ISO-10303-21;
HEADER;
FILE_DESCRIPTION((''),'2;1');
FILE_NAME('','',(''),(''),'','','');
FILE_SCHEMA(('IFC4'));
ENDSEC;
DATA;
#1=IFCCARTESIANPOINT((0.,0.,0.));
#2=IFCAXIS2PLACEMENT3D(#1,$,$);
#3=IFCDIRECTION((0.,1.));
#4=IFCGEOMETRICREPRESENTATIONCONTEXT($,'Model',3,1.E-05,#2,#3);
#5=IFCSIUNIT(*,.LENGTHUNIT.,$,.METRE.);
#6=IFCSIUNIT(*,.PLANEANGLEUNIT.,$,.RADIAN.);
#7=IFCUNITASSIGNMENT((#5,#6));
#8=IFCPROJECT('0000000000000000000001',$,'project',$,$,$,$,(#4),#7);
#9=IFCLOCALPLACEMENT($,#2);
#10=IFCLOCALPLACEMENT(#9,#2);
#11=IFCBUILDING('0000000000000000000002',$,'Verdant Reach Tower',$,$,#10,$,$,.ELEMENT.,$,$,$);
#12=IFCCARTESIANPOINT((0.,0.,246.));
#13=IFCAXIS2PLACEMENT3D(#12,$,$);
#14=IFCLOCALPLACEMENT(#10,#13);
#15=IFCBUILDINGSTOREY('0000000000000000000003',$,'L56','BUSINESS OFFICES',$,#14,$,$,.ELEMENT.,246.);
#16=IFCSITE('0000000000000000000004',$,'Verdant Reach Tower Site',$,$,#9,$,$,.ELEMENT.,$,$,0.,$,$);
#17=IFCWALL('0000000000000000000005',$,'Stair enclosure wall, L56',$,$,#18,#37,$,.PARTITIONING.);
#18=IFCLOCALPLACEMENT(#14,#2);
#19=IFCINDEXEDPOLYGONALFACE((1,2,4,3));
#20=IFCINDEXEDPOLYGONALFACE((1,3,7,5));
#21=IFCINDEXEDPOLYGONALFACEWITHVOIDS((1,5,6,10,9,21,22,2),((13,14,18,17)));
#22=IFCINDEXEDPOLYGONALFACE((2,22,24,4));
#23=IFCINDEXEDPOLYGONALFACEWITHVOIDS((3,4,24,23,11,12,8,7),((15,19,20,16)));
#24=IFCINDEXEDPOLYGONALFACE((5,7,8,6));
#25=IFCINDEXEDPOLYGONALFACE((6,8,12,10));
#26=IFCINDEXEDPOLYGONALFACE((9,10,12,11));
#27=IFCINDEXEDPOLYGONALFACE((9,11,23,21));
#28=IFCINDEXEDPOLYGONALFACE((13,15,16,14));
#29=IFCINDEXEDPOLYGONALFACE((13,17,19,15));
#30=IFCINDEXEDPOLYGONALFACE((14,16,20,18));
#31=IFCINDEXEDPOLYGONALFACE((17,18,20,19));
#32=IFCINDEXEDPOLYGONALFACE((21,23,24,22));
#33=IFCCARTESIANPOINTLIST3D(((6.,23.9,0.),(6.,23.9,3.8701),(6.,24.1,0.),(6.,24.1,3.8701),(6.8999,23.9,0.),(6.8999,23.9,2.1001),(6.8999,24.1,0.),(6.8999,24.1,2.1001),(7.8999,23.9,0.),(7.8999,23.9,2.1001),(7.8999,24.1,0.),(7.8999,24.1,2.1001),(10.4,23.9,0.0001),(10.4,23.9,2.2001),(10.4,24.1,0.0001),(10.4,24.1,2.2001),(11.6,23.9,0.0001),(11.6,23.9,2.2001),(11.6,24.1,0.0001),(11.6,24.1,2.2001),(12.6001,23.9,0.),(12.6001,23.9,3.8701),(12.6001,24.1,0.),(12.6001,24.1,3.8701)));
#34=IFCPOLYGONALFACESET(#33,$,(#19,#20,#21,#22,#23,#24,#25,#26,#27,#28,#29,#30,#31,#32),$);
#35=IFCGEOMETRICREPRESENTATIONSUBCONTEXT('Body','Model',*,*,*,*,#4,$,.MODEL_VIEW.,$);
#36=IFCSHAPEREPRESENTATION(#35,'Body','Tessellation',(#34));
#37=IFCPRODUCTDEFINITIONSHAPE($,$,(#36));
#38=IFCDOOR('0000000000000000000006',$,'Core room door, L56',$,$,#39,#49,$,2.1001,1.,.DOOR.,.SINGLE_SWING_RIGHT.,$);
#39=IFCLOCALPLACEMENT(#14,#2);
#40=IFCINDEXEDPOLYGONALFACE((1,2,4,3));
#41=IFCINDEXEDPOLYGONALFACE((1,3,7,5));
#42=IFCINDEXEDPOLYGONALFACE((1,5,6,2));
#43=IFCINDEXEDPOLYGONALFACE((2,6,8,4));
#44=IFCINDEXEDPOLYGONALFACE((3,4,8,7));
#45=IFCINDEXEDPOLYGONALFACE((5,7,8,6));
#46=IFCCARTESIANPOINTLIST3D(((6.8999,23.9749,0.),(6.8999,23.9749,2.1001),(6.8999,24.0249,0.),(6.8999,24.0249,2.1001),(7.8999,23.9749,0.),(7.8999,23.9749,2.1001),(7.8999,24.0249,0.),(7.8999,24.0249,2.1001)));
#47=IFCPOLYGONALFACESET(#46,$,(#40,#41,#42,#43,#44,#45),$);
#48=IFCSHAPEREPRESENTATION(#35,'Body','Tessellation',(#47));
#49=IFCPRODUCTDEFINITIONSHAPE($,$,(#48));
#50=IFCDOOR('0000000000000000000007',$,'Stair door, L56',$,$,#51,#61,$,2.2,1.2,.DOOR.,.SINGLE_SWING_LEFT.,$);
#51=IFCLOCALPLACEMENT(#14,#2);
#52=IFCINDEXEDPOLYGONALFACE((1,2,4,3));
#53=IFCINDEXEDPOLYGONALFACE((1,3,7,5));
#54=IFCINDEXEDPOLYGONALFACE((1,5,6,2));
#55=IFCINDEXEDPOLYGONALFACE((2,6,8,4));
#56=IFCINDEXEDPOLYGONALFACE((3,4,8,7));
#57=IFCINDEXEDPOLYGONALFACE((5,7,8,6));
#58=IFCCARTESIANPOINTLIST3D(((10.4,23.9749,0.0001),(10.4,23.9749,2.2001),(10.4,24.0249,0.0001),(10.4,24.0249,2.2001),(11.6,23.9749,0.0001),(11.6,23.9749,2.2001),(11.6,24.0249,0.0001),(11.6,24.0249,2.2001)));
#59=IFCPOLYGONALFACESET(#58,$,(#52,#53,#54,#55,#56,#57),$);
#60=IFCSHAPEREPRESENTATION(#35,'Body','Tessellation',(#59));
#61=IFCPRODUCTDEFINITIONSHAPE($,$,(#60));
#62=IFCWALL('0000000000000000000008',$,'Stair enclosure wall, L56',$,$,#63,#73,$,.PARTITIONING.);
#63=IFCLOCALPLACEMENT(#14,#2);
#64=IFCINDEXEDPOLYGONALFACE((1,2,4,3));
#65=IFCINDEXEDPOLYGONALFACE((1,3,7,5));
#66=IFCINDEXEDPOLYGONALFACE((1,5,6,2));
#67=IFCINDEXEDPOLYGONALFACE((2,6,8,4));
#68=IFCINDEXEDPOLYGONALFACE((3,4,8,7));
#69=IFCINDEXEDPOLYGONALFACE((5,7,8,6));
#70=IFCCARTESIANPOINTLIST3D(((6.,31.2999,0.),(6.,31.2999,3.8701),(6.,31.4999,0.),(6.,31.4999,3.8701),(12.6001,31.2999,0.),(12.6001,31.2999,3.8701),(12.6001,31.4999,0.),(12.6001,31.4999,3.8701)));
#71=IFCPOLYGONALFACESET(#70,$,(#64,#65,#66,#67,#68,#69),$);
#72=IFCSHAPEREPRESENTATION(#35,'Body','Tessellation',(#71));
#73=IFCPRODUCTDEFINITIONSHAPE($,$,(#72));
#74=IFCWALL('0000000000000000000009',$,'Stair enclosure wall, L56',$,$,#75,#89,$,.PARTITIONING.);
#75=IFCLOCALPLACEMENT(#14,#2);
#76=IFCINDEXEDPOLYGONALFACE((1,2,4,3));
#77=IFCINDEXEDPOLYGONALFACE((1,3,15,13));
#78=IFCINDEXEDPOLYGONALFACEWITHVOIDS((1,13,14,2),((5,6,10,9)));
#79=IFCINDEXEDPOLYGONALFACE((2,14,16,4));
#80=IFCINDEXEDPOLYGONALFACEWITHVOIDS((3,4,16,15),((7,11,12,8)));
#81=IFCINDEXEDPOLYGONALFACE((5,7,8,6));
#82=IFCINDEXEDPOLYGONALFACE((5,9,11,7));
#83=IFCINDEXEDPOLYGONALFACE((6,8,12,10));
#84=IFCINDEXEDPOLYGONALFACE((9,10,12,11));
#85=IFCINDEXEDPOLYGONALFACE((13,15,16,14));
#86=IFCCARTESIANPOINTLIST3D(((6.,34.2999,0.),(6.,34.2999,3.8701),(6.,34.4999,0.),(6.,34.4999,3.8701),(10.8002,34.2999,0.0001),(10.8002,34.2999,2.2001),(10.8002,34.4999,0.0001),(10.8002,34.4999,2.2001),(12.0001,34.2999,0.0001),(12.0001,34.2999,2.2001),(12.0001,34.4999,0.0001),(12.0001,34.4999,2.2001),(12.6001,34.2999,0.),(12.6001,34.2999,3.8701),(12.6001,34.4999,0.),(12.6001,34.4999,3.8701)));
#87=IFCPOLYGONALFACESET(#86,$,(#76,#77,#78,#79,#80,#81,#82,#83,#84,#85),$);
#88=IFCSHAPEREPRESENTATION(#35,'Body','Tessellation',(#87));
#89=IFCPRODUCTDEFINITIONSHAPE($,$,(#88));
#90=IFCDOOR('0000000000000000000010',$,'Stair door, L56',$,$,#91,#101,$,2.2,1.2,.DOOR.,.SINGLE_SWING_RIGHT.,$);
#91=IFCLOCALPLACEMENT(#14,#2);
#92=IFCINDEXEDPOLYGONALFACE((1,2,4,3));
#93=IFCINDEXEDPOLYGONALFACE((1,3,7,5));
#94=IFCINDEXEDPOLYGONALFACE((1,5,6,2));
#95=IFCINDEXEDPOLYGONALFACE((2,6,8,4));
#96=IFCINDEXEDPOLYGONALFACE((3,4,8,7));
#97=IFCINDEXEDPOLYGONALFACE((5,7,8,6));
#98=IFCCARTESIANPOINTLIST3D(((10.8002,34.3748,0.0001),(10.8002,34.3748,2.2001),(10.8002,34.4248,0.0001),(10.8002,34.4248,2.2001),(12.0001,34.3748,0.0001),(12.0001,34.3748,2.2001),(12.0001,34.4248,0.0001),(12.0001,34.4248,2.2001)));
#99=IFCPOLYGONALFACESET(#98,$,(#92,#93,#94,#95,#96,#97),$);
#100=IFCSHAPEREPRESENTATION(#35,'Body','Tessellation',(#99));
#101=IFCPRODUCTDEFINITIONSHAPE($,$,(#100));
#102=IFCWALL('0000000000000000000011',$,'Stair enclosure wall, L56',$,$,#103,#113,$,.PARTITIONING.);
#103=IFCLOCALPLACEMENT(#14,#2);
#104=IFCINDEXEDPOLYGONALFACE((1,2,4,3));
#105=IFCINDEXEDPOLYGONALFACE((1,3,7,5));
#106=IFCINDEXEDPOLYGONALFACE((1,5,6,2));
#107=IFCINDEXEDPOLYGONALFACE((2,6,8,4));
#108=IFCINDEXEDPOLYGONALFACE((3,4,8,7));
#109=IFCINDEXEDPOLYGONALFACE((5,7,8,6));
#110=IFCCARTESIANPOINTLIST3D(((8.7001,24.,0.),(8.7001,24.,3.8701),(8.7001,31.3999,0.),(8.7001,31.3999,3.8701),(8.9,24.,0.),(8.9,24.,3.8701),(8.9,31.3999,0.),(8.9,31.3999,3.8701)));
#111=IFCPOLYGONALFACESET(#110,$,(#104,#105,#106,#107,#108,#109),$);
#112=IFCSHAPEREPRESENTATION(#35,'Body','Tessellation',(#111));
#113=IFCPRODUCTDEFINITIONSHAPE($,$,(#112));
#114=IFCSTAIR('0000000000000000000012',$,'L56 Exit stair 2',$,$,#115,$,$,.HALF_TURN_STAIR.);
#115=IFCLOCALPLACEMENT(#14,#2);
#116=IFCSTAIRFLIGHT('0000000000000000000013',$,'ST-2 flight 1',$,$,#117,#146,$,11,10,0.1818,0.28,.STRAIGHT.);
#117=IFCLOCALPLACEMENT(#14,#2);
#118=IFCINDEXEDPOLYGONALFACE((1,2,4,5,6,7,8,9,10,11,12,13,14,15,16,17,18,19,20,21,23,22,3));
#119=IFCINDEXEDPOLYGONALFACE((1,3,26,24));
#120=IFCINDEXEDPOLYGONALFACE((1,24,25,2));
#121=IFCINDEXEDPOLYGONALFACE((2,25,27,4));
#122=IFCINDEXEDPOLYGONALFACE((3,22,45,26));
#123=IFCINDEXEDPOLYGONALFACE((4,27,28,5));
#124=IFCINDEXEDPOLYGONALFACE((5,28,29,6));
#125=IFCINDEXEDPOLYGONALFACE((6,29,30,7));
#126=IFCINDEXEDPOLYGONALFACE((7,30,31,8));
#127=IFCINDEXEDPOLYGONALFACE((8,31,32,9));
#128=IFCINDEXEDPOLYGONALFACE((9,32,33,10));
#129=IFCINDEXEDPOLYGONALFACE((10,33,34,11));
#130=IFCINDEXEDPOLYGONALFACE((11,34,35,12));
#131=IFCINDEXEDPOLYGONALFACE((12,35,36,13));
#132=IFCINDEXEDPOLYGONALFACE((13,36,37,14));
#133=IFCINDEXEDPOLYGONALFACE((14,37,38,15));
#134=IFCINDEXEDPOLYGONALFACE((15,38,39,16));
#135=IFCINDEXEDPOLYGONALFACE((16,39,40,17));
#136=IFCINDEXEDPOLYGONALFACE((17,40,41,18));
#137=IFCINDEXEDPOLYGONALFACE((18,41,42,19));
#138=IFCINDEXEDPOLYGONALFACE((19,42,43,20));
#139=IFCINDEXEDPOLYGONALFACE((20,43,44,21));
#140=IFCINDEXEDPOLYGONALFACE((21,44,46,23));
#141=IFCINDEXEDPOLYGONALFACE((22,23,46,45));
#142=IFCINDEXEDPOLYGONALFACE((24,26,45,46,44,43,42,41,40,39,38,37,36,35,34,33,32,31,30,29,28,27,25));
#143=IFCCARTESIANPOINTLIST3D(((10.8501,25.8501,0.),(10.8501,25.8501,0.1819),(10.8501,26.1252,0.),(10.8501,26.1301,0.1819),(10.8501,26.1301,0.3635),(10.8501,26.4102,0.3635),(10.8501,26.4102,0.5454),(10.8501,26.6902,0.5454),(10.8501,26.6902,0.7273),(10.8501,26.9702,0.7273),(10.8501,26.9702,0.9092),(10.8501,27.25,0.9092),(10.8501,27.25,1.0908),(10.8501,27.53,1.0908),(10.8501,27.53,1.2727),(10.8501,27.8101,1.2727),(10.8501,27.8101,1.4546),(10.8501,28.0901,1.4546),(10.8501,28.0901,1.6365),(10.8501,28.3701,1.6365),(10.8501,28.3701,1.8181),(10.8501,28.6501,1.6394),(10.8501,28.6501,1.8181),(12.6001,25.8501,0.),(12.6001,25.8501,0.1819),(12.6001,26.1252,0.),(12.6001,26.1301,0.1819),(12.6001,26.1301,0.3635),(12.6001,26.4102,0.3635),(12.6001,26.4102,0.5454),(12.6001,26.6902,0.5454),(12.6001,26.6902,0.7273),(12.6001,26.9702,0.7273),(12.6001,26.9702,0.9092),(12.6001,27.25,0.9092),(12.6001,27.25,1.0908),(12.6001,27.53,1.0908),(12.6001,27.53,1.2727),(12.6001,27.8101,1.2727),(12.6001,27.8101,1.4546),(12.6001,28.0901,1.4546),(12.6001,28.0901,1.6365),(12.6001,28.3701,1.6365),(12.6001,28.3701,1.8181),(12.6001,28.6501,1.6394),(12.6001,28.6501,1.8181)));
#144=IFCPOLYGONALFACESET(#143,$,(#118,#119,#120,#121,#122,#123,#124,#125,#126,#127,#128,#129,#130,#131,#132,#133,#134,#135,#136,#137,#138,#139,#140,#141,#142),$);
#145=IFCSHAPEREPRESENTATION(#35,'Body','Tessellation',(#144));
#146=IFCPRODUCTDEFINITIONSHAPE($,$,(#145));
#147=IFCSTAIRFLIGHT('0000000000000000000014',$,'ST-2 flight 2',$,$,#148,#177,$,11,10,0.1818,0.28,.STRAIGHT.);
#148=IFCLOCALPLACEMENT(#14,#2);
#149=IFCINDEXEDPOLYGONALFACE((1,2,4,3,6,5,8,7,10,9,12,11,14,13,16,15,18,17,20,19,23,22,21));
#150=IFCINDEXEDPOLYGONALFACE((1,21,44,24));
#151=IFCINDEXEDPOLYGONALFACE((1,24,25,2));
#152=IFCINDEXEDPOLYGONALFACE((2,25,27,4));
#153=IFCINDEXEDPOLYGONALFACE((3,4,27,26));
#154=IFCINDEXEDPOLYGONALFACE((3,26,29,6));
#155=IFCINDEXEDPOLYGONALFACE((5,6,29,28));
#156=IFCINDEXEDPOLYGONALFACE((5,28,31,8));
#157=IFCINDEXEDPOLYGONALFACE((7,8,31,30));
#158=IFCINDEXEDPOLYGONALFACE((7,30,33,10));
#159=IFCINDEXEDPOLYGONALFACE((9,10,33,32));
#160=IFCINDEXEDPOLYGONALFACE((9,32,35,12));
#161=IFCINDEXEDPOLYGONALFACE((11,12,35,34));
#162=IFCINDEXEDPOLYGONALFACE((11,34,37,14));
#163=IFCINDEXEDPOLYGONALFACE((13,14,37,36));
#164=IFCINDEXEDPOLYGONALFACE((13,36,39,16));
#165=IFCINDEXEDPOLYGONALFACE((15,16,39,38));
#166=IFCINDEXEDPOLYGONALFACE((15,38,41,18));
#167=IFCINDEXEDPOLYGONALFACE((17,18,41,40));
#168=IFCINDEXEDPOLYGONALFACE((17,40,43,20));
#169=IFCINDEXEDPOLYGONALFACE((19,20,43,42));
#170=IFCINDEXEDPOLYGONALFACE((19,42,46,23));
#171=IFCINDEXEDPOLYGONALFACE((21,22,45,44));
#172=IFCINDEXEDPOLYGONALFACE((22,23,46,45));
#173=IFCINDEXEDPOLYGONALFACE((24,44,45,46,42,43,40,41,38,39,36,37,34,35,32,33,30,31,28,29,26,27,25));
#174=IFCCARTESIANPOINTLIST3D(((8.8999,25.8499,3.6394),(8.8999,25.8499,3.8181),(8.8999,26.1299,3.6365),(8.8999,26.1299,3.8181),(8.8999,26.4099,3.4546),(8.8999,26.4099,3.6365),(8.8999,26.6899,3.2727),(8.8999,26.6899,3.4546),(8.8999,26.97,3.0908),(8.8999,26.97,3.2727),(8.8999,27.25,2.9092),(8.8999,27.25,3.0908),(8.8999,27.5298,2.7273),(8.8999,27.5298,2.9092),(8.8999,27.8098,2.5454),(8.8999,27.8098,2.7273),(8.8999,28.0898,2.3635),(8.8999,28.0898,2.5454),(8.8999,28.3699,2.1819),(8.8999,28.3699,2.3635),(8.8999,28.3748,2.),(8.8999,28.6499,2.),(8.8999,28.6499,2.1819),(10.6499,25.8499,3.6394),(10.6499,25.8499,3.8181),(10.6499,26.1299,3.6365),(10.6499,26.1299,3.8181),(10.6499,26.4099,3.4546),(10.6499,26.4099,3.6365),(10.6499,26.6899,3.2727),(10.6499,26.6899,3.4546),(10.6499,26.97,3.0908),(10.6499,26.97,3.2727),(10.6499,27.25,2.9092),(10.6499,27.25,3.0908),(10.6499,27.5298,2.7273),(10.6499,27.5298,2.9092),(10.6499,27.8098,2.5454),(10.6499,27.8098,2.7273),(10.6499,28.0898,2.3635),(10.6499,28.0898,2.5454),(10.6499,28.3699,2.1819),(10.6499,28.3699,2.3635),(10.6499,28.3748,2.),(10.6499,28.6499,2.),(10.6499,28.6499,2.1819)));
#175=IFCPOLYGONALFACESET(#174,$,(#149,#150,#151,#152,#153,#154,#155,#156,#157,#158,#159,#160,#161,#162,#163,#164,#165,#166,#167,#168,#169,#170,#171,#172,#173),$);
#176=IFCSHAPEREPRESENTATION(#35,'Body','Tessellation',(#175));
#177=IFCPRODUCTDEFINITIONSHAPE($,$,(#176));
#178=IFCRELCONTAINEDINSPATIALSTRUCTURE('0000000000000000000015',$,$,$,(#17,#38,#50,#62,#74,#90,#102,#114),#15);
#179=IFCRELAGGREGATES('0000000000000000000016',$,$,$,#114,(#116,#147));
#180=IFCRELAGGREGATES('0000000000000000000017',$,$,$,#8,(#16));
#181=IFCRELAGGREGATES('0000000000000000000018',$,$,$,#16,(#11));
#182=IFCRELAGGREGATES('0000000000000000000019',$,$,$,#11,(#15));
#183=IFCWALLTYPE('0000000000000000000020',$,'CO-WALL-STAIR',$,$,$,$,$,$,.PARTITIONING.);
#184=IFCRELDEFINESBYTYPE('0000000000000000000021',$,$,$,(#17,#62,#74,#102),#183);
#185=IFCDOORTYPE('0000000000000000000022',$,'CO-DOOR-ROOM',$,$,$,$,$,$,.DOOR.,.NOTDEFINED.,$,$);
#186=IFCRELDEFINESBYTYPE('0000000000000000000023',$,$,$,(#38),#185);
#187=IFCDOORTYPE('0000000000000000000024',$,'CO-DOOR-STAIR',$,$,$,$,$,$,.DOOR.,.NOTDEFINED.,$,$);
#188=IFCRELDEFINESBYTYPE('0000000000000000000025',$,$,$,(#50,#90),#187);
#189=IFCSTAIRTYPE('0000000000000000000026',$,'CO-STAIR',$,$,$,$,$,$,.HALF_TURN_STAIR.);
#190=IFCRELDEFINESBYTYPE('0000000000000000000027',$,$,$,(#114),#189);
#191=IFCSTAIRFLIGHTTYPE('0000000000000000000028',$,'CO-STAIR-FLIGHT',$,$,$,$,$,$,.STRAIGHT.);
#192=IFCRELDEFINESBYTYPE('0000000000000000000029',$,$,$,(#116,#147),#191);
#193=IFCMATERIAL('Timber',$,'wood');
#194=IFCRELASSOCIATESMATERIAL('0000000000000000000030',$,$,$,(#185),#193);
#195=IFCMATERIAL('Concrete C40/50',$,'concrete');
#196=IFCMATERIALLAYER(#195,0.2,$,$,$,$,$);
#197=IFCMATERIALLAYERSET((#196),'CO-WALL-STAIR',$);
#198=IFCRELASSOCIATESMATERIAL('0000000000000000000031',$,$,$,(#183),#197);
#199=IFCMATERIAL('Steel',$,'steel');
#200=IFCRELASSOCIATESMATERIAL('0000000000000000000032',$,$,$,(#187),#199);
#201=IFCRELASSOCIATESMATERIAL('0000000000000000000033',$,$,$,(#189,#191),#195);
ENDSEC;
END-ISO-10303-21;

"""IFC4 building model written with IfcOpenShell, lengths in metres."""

from ifc_helpers import new_model, si_unit, direction, frame, frame_2d, origin, place, context, subcontext, project, spatial, polyline, rectangle, outline, extrude, material, layer, layer_set, type_object, element, fill, aggregate, save


model = new_model("IFC4")

# Units and contexts
model_context = context("Model", 3, precision=1e-05, world=origin(), true_north=direction((0.0, 1.0)))
body_context = subcontext(model_context, "Body", "Model", "MODEL_VIEW")
ifc_project = project(units=[si_unit("LENGTHUNIT", "METRE"), si_unit("PLANEANGLEUNIT", "RADIAN")], contexts=[model_context])

# Site, building, storey
site_placement = place(None, origin())
site = spatial("IfcSite", under=ifc_project, at=site_placement, Name="Verdant Reach Tower Site", CompositionType="ELEMENT", RefElevation=0.0)
building_placement = place(site_placement, origin())
building = spatial("IfcBuilding", under=site, at=building_placement, Name="Verdant Reach Tower", CompositionType="ELEMENT")
storey_placement = place(building_placement, frame((0.0, 0.0, 246.0)))
storey = spatial("IfcBuildingStorey", under=building, at=storey_placement, Name="L56", Description="BUSINESS OFFICES", CompositionType="ELEMENT", Elevation=246.0)

# Shared definitions
ifc_material_1 = material(Name="Timber", Category="wood")
door_type_1 = type_object("IfcDoorType", Name="CO-DOOR-ROOM", OperationType="NOTDEFINED", PredefinedType="DOOR", material=ifc_material_1)

# Shared definitions
ifc_material_2 = material(Name="Concrete C40/50", Category="concrete")

# Wall, openings, doors
ifc_layer_1 = layer(ifc_material_2, 0.2)
ifc_layer_set_1 = layer_set([ifc_layer_1], Name="CO-WALL-STAIR")
wall_type_1 = type_object("IfcWallType", Name="CO-WALL-STAIR", PredefinedType="PARTITIONING", material=ifc_layer_set_1)
wall_1_placement = place(storey_placement, frame((6.0, 24.0, 0.0), z_axis=(0.0, 0.0, 1.0), x_axis=(1.0, 0.0, 0.0)))
wall_1 = element("IfcWall", 1, at=wall_1_placement, inside=storey, type_object=wall_type_1, Name="Stair enclosure wall, L56", PredefinedType="PARTITIONING", context=body_context, shape_type="SweptSolid", body=[
    extrude(rectangle(XDim=6.6001, YDim=0.2, at=frame_2d((3.3, 0.0))), origin(), (0.0, 0.0, 1.0), 3.8701),
])
opening_1_placement = place(wall_1_placement, frame((0.8999, 0.0, 0.0)))
opening_1 = element("IfcOpeningElement", 2, at=opening_1_placement, cuts=wall_1, PredefinedType="OPENING", context=body_context, shape_type="SweptSolid", body=[
    extrude(rectangle(XDim=1.0, YDim=2.1001, at=frame_2d((0.5, 1.05))), frame((0.0, 0.1099, 0.0), z_axis=(0.0, -1.0, 0.0), x_axis=(1.0, 0.0, 0.0)), (0.0, 0.0, 1.0), 0.22),
])
opening_2_placement = place(wall_1_placement, frame((4.3999, 0.0, 0.0)))
opening_2 = element("IfcOpeningElement", 3, at=opening_2_placement, cuts=wall_1, PredefinedType="OPENING", context=body_context, shape_type="SweptSolid", body=[
    extrude(rectangle(XDim=1.2, YDim=2.2, at=frame_2d((0.6001, 1.1001))), frame((0.0, 0.1099, 0.0), z_axis=(0.0, -1.0, 0.0), x_axis=(1.0, 0.0, 0.0)), (0.0, 0.0, 1.0), 0.22),
])
door_1_placement = place(opening_1_placement, origin())
door_1 = element("IfcDoor", 4, at=door_1_placement, inside=storey, type_object=door_type_1, Name="Core room door, L56", OperationType="SINGLE_SWING_RIGHT", OverallHeight=2.1001, OverallWidth=1.0, PredefinedType="DOOR", context=body_context, shape_type="SweptSolid", body=[
    extrude(rectangle(XDim=1.0, YDim=2.1001, at=frame_2d((0.5, 1.05))), frame((0.0, 0.0249, 0.0), z_axis=(0.0, -1.0, 0.0), x_axis=(1.0, 0.0, 0.0)), (0.0, 0.0, 1.0), 0.05),
])
fill(opening_1, door_1)
ifc_material_3 = material(Name="Steel", Category="steel")
door_type_2 = type_object("IfcDoorType", Name="CO-DOOR-STAIR", OperationType="NOTDEFINED", PredefinedType="DOOR", material=ifc_material_3)
door_2_placement = place(opening_2_placement, origin())
door_2 = element("IfcDoor", 5, at=door_2_placement, inside=storey, type_object=door_type_2, Name="Stair door, L56", OperationType="SINGLE_SWING_LEFT", OverallHeight=2.2, OverallWidth=1.2, PredefinedType="DOOR", context=body_context, shape_type="SweptSolid", body=[
    extrude(rectangle(XDim=1.2, YDim=2.2, at=frame_2d((0.6001, 1.1001))), frame((0.0, 0.0249, 0.0), z_axis=(0.0, -1.0, 0.0), x_axis=(1.0, 0.0, 0.0)), (0.0, 0.0, 1.0), 0.05),
])
fill(opening_2, door_2)

# Wall
wall_2_placement = place(storey_placement, frame((6.0, 31.3999, 0.0), z_axis=(0.0, 0.0, 1.0), x_axis=(1.0, 0.0, 0.0)))
element("IfcWall", 6, at=wall_2_placement, inside=storey, type_object=wall_type_1, Name="Stair enclosure wall, L56", PredefinedType="PARTITIONING", context=body_context, shape_type="SweptSolid", body=[
    extrude(rectangle(XDim=6.6001, YDim=0.2, at=frame_2d((3.3, 0.0))), origin(), (0.0, 0.0, 1.0), 3.8701),
])

# Wall, opening, door
wall_3_placement = place(storey_placement, frame((6.0, 34.3999, 0.0), z_axis=(0.0, 0.0, 1.0), x_axis=(1.0, 0.0, 0.0)))
wall_3 = element("IfcWall", 7, at=wall_3_placement, inside=storey, type_object=wall_type_1, Name="Stair enclosure wall, L56", PredefinedType="PARTITIONING", context=body_context, shape_type="SweptSolid", body=[
    extrude(rectangle(XDim=6.6001, YDim=0.2, at=frame_2d((3.3, 0.0))), origin(), (0.0, 0.0, 1.0), 3.8701),
])
opening_3_placement = place(wall_3_placement, frame((4.8, 0.0, 0.0)))
opening_3 = element("IfcOpeningElement", 8, at=opening_3_placement, cuts=wall_3, PredefinedType="OPENING", context=body_context, shape_type="SweptSolid", body=[
    extrude(rectangle(XDim=1.2, YDim=2.2, at=frame_2d((0.6001, 1.1001))), frame((0.0, 0.1099, 0.0), z_axis=(0.0, -1.0, 0.0), x_axis=(1.0, 0.0, 0.0)), (0.0, 0.0, 1.0), 0.22),
])
door_3_placement = place(opening_3_placement, origin())
door_3 = element("IfcDoor", 9, at=door_3_placement, inside=storey, type_object=door_type_2, Name="Stair door, L56", OperationType="SINGLE_SWING_RIGHT", OverallHeight=2.2, OverallWidth=1.2, PredefinedType="DOOR", context=body_context, shape_type="SweptSolid", body=[
    extrude(rectangle(XDim=1.2, YDim=2.2, at=frame_2d((0.6001, 1.1001))), frame((0.0, 0.0249, 0.0), z_axis=(0.0, -1.0, 0.0), x_axis=(1.0, 0.0, 0.0)), (0.0, 0.0, 1.0), 0.05),
])
fill(opening_3, door_3)

# Wall
wall_4_placement = place(storey_placement, frame((8.8, 24.0, 0.0), z_axis=(0.0, 0.0, 1.0), x_axis=(0.0, 1.0, 0.0)))
element("IfcWall", 10, at=wall_4_placement, inside=storey, type_object=wall_type_1, Name="Stair enclosure wall, L56", PredefinedType="PARTITIONING", context=body_context, shape_type="SweptSolid", body=[
    extrude(rectangle(XDim=7.3999, YDim=0.2, at=frame_2d((3.7, 0.0))), origin(), (0.0, 0.0, 1.0), 3.8701),
])

# Stair, stair flights
stair_type = type_object("IfcStairType", Name="CO-STAIR", PredefinedType="HALF_TURN_STAIR", material=ifc_material_2)
stair_1_placement = place(storey_placement, origin())
stair_1 = element("IfcStair", 11, at=stair_1_placement, inside=storey, type_object=stair_type, Name="L56 Exit stair 2", PredefinedType="HALF_TURN_STAIR")
stair_flight_type = type_object("IfcStairFlightType", Name="CO-STAIR-FLIGHT", PredefinedType="STRAIGHT", material=ifc_material_2)
stair_flight_1_placement = place(storey_placement, frame((11.7251, 25.8501, 0.0), z_axis=(0.0, 0.0, 1.0), x_axis=(0.0, 1.0, 0.0)))
stair_flight_1 = element("IfcStairFlight", 12, at=stair_flight_1_placement, type_object=stair_flight_type, Name="ST-2 flight 1", NumberOfRisers=11, NumberOfTreads=10, PredefinedType="STRAIGHT", RiserHeight=0.1818, TreadLength=0.28, context=body_context, shape_type="SweptSolid", body=[
    extrude(outline(polyline([(0.0, 0.0), (0.0, 0.1819), (0.28, 0.1819), (0.28, 0.3635), (0.5601, 0.3635), (0.5601, 0.5454), (0.8401, 0.5454), (0.8401, 0.7273), (1.1201, 0.7273), (1.1201, 0.9092), (1.3999, 0.9092), (1.3999, 1.0908), (1.6799, 1.0908), (1.6799, 1.2727), (1.96, 1.2727), (1.96, 1.4546), (2.24, 1.4546), (2.24, 1.6365), (2.52, 1.6365), (2.52, 1.8181), (2.8, 1.8181), (2.8, 2.0), (2.8, 1.6394), (0.2751, 0.0), (0.0, 0.0)])), frame((0.0, 0.875, 0.0), z_axis=(0.0, -1.0, 0.0), x_axis=(1.0, 0.0, 0.0)), (0.0, 0.0, 1.0), 1.75),
])
stair_flight_2_placement = place(storey_placement, frame((9.7749, 28.6499, 2.0), z_axis=(0.0, 0.0, 1.0), x_axis=(0.0, -1.0, 0.0)))
stair_flight_2 = element("IfcStairFlight", 13, at=stair_flight_2_placement, type_object=stair_flight_type, Name="ST-2 flight 2", NumberOfRisers=11, NumberOfTreads=10, PredefinedType="STRAIGHT", RiserHeight=0.1818, TreadLength=0.28, context=body_context, shape_type="SweptSolid", body=[
    extrude(outline(polyline([(0.0, 0.0), (0.0, 0.1819), (0.28, 0.1819), (0.28, 0.3635), (0.5601, 0.3635), (0.5601, 0.5454), (0.8401, 0.5454), (0.8401, 0.7273), (1.1201, 0.7273), (1.1201, 0.9092), (1.3999, 0.9092), (1.3999, 1.0908), (1.6799, 1.0908), (1.6799, 1.2727), (1.96, 1.2727), (1.96, 1.4546), (2.24, 1.4546), (2.24, 1.6365), (2.52, 1.6365), (2.52, 1.8181), (2.8, 1.8181), (2.8, 2.0), (2.8, 1.6394), (0.2751, 0.0), (0.0, 0.0)])), frame((0.0, 0.875, 0.0), z_axis=(0.0, -1.0, 0.0), x_axis=(1.0, 0.0, 0.0)), (0.0, 0.0, 1.0), 1.75),
])
aggregate(stair_1, [stair_flight_1, stair_flight_2])

save(model, "model.ifc")
